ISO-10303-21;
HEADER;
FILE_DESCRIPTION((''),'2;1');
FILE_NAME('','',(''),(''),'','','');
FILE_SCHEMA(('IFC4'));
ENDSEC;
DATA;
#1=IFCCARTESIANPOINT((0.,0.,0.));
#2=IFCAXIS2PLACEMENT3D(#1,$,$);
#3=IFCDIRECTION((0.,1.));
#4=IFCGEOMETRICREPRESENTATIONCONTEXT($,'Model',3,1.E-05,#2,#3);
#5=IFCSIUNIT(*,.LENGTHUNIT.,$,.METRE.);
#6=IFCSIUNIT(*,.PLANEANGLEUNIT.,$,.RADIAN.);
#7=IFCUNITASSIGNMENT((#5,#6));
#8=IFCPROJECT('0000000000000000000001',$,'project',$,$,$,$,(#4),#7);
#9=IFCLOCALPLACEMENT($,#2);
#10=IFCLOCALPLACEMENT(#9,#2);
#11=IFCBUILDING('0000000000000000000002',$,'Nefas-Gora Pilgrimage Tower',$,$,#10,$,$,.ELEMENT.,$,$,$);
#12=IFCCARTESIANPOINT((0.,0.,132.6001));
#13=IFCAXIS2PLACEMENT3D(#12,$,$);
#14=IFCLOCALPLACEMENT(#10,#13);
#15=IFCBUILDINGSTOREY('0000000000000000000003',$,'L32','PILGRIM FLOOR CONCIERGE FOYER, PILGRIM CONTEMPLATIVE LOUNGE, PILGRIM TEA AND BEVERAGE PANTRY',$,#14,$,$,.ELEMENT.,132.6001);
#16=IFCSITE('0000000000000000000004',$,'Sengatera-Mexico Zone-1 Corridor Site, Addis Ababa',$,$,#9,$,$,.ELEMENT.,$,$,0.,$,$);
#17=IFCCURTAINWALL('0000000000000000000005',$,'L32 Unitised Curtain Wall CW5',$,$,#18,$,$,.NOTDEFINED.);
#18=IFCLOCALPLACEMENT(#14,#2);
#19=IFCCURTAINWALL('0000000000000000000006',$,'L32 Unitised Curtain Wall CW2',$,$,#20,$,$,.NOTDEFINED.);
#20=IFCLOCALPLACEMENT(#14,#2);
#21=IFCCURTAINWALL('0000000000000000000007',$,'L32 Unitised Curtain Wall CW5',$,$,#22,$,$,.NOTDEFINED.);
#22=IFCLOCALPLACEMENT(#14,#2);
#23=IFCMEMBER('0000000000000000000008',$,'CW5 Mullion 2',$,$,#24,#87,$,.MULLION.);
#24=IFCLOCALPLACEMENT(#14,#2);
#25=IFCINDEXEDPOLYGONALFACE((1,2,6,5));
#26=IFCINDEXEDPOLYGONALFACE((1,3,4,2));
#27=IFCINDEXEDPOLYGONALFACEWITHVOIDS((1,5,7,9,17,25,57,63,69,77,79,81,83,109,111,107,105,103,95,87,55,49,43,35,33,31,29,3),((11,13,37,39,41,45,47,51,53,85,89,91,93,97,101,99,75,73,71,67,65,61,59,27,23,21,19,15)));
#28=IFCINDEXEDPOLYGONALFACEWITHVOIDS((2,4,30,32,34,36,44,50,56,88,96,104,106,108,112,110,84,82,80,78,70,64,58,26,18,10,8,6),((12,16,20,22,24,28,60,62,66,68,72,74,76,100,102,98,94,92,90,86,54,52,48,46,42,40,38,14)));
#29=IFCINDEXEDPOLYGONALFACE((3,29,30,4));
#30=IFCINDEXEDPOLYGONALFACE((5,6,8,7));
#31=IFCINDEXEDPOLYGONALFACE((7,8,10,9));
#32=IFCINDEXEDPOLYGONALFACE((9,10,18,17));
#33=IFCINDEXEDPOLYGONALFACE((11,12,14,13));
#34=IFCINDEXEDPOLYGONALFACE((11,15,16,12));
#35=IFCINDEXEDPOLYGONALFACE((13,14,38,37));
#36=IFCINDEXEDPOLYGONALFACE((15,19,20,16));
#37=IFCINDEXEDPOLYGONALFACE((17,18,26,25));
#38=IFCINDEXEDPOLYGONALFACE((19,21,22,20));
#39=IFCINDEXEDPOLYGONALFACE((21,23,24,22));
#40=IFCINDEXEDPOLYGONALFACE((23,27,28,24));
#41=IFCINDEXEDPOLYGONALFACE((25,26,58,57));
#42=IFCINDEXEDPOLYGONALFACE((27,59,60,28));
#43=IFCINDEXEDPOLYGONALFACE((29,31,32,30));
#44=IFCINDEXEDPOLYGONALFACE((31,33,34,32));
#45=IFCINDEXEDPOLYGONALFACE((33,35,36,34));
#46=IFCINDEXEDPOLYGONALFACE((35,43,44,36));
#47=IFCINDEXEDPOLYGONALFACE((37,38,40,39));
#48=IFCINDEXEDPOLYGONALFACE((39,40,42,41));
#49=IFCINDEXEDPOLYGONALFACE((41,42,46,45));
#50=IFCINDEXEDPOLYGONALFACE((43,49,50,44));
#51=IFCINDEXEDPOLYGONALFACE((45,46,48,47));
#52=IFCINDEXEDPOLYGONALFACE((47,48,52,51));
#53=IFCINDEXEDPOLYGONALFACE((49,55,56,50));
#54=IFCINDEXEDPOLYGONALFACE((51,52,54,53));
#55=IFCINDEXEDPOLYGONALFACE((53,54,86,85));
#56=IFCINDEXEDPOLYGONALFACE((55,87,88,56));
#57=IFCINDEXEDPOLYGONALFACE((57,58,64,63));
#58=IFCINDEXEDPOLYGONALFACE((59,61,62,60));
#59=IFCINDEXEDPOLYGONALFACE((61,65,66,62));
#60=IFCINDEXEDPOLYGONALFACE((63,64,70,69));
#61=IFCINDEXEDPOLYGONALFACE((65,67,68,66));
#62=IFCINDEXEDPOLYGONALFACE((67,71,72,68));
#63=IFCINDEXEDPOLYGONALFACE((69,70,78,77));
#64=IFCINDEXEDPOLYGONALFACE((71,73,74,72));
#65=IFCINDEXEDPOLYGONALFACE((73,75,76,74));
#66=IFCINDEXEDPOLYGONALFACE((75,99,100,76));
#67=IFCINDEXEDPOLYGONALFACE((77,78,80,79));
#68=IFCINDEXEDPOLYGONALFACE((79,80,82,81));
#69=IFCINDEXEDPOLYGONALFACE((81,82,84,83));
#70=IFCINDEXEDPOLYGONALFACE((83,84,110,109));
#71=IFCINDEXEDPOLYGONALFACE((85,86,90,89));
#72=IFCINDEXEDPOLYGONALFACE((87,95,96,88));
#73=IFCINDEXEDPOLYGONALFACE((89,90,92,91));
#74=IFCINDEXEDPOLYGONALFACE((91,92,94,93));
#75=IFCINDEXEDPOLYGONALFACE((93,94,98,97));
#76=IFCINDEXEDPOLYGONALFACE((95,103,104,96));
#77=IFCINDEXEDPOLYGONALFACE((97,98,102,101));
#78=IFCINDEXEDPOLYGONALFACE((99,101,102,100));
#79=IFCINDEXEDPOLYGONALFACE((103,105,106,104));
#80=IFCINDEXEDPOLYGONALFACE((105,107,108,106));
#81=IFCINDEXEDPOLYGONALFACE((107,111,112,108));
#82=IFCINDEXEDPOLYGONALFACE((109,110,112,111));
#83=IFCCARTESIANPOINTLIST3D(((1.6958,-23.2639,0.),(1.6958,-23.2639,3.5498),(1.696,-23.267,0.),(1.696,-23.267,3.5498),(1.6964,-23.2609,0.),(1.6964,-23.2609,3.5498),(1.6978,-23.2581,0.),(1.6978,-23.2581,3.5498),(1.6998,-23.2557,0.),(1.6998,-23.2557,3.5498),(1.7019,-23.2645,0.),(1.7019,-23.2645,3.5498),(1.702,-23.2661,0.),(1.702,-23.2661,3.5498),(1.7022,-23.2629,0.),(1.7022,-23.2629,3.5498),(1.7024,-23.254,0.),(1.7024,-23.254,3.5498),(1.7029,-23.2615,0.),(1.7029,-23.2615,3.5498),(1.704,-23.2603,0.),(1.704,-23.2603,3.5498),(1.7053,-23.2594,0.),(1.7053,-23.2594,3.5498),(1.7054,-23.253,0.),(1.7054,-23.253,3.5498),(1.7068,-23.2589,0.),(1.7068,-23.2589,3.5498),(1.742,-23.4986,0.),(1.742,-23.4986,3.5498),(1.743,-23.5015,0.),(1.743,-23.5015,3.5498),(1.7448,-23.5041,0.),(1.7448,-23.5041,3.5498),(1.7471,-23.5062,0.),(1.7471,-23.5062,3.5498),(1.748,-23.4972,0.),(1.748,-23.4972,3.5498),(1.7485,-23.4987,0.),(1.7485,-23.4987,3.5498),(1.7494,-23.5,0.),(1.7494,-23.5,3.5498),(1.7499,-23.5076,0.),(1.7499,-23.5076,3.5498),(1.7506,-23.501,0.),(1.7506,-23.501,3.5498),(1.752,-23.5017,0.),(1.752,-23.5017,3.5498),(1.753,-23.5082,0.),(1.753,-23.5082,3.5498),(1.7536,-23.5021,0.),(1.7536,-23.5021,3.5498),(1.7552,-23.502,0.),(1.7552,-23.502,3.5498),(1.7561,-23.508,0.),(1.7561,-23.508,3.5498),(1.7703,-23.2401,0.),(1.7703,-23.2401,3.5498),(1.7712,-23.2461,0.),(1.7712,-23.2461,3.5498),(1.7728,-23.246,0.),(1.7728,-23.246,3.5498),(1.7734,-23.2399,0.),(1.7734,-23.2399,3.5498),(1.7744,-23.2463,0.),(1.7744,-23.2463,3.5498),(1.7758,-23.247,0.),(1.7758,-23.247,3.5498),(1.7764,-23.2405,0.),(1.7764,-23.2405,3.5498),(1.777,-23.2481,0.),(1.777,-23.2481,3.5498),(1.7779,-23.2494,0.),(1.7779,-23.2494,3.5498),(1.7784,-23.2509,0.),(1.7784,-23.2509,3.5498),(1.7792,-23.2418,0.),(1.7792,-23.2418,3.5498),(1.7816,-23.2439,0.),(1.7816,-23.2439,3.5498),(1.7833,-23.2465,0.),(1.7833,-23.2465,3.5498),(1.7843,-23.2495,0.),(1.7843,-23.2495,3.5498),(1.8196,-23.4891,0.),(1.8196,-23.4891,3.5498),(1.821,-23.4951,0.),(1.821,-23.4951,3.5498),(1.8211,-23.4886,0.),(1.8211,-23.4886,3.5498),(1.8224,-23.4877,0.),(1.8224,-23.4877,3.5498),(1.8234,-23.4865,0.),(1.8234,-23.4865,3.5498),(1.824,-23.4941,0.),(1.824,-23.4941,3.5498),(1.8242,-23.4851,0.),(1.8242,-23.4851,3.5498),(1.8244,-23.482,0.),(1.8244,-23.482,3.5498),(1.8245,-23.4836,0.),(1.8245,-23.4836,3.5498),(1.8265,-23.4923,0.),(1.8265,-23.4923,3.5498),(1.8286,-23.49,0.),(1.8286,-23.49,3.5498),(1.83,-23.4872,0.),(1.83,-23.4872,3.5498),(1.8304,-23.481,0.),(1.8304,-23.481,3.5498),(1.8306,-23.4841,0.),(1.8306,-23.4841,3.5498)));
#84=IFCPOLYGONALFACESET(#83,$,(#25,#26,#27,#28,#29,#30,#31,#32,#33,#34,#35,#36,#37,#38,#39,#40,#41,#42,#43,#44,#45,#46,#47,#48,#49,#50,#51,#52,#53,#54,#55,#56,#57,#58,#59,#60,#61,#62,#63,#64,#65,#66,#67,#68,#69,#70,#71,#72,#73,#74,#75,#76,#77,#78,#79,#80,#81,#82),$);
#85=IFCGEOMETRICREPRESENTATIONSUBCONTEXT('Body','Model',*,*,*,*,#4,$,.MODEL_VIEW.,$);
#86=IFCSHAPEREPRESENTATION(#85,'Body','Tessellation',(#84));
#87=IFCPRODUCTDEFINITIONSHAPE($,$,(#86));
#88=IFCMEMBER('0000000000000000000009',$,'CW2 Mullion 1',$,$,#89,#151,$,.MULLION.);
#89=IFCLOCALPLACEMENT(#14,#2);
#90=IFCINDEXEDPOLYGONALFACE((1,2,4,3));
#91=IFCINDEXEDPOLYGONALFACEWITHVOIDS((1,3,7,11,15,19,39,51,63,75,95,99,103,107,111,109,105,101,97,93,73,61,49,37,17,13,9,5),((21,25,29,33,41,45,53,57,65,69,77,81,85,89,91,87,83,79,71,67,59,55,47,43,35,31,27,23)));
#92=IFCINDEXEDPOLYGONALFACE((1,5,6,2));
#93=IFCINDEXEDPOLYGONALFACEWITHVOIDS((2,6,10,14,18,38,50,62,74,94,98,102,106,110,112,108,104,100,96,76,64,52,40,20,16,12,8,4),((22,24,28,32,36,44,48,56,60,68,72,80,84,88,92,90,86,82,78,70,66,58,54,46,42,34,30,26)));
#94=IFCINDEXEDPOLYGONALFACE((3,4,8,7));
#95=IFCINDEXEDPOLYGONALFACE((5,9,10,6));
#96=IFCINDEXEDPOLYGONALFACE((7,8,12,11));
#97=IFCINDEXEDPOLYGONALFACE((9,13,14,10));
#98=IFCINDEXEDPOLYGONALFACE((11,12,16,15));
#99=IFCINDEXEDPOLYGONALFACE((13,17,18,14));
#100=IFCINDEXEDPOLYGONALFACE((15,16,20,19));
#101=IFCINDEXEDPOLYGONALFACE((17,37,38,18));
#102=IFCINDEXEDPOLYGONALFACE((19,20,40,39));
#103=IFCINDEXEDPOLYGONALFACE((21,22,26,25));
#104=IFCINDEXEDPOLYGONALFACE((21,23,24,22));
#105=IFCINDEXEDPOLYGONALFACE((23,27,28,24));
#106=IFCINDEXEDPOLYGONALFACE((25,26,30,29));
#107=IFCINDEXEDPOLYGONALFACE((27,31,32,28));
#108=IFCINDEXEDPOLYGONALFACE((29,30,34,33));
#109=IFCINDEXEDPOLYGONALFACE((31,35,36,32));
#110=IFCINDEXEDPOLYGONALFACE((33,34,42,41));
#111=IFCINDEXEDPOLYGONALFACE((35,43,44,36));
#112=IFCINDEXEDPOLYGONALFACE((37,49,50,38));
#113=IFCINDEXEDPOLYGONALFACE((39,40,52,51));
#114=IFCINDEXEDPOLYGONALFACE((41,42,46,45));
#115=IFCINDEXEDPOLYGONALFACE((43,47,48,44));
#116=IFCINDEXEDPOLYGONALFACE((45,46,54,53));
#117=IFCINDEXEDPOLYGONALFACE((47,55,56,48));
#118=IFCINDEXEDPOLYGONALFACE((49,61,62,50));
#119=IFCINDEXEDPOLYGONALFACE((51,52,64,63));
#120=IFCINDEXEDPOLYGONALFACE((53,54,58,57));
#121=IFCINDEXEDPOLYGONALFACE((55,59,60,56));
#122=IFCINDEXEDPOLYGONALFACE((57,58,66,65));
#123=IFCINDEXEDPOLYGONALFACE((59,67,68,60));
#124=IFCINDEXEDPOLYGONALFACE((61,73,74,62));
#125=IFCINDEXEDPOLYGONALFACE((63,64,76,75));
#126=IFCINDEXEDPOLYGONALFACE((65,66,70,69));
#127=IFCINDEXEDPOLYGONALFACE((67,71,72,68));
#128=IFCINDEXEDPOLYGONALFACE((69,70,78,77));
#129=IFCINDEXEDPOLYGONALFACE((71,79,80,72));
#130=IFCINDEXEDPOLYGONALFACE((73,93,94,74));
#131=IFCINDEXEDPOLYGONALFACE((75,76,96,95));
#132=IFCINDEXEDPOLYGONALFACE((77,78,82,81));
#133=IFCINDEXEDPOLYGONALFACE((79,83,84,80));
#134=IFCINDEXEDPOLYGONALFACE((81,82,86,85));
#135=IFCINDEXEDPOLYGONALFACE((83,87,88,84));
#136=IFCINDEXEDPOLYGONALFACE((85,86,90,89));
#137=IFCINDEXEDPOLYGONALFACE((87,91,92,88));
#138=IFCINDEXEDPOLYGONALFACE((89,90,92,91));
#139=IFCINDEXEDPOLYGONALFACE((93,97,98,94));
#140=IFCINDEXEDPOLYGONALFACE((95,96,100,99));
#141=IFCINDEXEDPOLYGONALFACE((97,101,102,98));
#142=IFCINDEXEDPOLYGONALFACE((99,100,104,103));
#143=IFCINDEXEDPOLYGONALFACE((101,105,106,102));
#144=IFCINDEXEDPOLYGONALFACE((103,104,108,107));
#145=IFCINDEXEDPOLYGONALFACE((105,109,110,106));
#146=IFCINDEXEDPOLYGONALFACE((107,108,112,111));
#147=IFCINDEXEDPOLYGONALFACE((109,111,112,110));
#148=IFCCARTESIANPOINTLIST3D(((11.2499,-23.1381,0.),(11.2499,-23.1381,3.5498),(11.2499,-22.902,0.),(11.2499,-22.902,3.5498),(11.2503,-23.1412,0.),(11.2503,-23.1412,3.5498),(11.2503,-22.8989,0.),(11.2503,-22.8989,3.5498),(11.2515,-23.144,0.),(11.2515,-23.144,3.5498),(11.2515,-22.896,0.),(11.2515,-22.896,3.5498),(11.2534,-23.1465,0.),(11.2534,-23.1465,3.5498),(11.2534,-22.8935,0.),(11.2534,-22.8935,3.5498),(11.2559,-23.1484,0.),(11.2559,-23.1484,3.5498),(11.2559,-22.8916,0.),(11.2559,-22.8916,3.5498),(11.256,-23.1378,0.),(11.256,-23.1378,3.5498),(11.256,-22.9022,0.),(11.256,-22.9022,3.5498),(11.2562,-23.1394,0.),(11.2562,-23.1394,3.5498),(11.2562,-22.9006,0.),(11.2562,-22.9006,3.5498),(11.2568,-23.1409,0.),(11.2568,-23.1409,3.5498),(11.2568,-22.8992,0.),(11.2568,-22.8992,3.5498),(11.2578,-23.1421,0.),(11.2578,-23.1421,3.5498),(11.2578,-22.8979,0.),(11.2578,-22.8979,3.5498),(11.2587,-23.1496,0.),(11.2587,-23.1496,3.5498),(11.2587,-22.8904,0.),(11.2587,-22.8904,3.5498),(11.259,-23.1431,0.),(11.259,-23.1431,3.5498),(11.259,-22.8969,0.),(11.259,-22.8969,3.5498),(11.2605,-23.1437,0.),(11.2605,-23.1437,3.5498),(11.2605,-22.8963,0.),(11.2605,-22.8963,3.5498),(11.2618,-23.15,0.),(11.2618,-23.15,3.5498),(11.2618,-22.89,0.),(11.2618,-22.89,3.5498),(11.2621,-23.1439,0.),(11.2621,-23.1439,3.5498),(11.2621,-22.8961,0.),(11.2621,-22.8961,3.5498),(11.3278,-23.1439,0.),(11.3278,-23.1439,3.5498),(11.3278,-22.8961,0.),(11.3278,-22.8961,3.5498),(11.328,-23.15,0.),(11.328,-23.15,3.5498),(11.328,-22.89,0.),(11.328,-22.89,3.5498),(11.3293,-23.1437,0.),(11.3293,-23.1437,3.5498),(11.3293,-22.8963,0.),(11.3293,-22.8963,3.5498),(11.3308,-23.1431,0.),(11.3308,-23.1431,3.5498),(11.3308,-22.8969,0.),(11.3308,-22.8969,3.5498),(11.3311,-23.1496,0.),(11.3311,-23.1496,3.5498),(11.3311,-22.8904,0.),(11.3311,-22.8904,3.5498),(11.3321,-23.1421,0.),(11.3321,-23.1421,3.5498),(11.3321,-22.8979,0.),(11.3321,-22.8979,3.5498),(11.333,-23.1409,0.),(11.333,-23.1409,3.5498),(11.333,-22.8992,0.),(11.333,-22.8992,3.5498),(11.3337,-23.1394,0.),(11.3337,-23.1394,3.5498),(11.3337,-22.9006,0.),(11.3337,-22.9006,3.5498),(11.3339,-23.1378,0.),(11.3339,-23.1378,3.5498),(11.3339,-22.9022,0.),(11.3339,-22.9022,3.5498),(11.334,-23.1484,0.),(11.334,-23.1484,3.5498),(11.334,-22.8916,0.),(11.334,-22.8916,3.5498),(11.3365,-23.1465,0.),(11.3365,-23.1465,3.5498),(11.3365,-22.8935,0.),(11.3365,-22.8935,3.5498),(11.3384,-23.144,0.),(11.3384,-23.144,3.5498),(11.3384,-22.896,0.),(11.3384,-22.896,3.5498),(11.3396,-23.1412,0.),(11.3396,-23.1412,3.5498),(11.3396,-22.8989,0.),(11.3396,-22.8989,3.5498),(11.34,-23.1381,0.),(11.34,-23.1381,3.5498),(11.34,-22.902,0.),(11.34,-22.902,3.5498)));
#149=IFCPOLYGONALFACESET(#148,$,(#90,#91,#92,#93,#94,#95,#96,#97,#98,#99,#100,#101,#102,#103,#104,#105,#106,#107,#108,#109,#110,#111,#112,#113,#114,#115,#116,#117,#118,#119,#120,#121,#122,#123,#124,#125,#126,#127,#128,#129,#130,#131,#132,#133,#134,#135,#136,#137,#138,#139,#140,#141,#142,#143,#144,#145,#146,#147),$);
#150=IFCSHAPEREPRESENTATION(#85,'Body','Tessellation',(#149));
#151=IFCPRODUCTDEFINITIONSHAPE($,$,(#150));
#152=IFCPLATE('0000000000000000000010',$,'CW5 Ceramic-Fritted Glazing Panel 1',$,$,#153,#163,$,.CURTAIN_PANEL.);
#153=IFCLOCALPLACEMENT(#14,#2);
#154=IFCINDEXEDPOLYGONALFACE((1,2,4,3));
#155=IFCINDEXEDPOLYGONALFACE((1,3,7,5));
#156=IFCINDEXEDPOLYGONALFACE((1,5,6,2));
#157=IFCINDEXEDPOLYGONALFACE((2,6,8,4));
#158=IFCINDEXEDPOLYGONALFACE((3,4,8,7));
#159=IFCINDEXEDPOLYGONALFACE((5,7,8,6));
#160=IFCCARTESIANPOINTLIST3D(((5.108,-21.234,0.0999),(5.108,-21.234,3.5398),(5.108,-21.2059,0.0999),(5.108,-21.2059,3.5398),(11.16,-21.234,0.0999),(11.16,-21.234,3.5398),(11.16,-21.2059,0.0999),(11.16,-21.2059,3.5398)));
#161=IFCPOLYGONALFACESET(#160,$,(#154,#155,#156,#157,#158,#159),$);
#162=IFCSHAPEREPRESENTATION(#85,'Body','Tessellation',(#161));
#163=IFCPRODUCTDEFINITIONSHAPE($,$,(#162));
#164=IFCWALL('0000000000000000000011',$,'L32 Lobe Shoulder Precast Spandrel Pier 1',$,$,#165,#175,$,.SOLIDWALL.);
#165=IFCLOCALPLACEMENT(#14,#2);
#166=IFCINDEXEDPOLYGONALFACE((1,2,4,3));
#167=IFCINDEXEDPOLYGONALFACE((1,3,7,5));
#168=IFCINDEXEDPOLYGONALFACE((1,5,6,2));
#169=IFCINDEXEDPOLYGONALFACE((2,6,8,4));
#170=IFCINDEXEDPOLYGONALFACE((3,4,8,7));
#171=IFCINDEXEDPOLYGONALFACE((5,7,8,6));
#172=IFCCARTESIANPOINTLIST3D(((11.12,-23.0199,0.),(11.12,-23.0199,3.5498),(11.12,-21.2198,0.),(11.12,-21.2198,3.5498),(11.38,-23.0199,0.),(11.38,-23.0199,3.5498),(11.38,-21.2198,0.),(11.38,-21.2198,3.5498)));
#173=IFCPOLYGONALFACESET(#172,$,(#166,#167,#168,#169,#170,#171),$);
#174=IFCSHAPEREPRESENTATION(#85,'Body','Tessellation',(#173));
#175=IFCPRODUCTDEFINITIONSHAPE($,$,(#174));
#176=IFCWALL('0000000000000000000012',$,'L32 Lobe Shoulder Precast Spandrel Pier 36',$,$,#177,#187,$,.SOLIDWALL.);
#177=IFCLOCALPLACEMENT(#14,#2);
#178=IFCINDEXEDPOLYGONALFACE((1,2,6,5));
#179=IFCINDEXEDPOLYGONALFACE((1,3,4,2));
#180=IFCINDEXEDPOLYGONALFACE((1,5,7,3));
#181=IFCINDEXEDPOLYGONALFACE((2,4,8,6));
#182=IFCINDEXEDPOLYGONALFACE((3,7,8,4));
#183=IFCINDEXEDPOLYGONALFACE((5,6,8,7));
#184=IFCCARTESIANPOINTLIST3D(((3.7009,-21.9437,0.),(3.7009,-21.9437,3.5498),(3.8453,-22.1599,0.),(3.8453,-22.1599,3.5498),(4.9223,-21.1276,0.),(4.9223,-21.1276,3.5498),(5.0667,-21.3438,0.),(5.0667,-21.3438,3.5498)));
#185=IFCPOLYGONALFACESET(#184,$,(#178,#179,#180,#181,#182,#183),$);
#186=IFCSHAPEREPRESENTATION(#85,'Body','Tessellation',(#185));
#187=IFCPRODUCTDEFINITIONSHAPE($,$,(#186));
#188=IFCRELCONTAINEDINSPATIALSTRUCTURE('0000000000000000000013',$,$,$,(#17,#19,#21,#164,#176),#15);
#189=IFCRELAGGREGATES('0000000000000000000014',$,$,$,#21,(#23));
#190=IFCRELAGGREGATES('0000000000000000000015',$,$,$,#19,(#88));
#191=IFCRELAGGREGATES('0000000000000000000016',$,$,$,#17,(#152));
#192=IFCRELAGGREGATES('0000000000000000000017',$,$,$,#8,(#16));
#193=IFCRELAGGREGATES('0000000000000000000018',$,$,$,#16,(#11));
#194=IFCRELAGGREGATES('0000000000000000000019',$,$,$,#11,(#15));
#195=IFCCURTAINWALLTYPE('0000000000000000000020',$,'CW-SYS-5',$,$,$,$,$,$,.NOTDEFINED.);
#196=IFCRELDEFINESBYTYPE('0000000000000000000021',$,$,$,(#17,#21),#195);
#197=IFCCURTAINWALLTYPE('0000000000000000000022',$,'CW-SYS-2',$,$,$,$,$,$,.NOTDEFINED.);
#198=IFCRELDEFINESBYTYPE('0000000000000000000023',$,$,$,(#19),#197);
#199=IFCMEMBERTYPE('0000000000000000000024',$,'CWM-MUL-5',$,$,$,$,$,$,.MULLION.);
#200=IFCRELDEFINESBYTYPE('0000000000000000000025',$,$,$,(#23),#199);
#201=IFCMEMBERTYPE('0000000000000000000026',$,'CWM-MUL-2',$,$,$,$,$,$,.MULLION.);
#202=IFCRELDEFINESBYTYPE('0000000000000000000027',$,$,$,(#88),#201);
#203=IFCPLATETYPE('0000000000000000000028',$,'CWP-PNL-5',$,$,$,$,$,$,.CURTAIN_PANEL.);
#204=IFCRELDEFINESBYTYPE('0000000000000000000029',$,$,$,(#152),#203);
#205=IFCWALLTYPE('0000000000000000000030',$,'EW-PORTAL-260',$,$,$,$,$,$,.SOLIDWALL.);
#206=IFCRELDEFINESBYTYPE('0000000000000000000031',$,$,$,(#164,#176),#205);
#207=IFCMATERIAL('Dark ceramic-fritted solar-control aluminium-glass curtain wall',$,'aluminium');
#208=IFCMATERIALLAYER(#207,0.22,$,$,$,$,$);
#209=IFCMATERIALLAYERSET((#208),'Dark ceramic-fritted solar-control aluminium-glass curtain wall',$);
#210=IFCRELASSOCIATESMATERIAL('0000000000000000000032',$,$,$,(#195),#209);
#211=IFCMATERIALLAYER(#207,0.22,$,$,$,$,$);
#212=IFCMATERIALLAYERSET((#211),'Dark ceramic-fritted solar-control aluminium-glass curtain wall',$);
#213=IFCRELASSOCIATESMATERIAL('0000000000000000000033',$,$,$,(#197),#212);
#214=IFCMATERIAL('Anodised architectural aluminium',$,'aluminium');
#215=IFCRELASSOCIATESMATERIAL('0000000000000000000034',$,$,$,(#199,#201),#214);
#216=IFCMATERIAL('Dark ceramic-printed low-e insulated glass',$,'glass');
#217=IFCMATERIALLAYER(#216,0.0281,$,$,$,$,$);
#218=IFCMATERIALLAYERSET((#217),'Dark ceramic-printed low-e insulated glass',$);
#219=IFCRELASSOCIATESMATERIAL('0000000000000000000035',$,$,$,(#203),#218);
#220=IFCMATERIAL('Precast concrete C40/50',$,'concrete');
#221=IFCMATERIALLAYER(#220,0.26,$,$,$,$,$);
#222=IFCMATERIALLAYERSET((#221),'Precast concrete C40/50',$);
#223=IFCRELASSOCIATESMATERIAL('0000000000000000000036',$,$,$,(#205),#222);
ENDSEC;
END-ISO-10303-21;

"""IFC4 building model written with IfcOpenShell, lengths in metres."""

from ifc_helpers import new_model, si_unit, direction, frame, frame_2d, origin, origin_2d, place, context, subcontext, project, spatial, rectangle, hollow_rectangle, extrude, source, transform, mapped, material, layer, layer_set, material_profile, profile_set, type_object, element, aggregate, save


model = new_model("IFC4")

# Units and contexts
model_context = context("Model", 3, precision=1e-05, world=origin(), true_north=direction((0.0, 1.0)))
body_context = subcontext(model_context, "Body", "Model", "MODEL_VIEW")
ifc_project = project(units=[si_unit("LENGTHUNIT", "METRE"), si_unit("PLANEANGLEUNIT", "RADIAN")], contexts=[model_context])

# Site, building, storey
site_placement = place(None, origin())
site = spatial("IfcSite", under=ifc_project, at=site_placement, Name="Sengatera-Mexico Zone-1 Corridor Site, Addis Ababa", CompositionType="ELEMENT", RefElevation=0.0)
building_placement = place(site_placement, origin())
building = spatial("IfcBuilding", under=site, at=building_placement, Name="Nefas-Gora Pilgrimage Tower", CompositionType="ELEMENT")
storey_placement = place(building_placement, frame((0.0, 0.0, 132.6001)))
storey = spatial("IfcBuildingStorey", under=building, at=storey_placement, Name="L32", Description="PILGRIM FLOOR CONCIERGE FOYER, PILGRIM CONTEMPLATIVE LOUNGE, PILGRIM TEA AND BEVERAGE PANTRY", CompositionType="ELEMENT", Elevation=132.6001)

# Curtain walls
ifc_material_1 = material(Name="Dark ceramic-fritted solar-control aluminium-glass curtain wall", Category="aluminium")
ifc_layer_1 = layer(ifc_material_1, 0.22)
ifc_layer_set_1 = layer_set([ifc_layer_1], Name="Dark ceramic-fritted solar-control aluminium-glass curtain wall")
curtain_wall_type_1 = type_object("IfcCurtainWallType", Name="CW-SYS-5", PredefinedType="NOTDEFINED", material=ifc_layer_set_1)
curtain_wall_1_placement = place(storey_placement, origin())
curtain_wall_1 = element("IfcCurtainWall", 1, at=curtain_wall_1_placement, inside=storey, type_object=curtain_wall_type_1, Name="L32 Unitised Curtain Wall CW5", PredefinedType="NOTDEFINED")
ifc_material_2 = material(Name="Anodised architectural aluminium", Category="aluminium")
ifc_layer_2 = layer(ifc_material_1, 0.22)
ifc_layer_set_2 = layer_set([ifc_layer_2], Name="Dark ceramic-fritted solar-control aluminium-glass curtain wall")
curtain_wall_type_2 = type_object("IfcCurtainWallType", Name="CW-SYS-2", PredefinedType="NOTDEFINED", material=ifc_layer_set_2)
curtain_wall_2_placement = place(storey_placement, origin())
curtain_wall_2 = element("IfcCurtainWall", 2, at=curtain_wall_2_placement, inside=storey, type_object=curtain_wall_type_2, Name="L32 Unitised Curtain Wall CW2", PredefinedType="NOTDEFINED")

# Shared definitions
ifc_material_profile_1 = material_profile(ifc_material_2, hollow_rectangle(XDim=0.0901, YDim=0.26, WallThickness=0.0061, InnerFilletRadius=0.0061, OuterFilletRadius=0.012, at=origin_2d()), Name="ALU MULLION 90x260")
ifc_profile_set_1 = profile_set([ifc_material_profile_1], Name="Anodised architectural aluminium")
member_type_1 = type_object("IfcMemberType", Name="CWM-MUL-5", PredefinedType="MULLION", material=ifc_profile_set_1)
shared_shape_1 = source(origin(), body_context, "Body", "SweptSolid", [
    extrude(hollow_rectangle(XDim=0.0901, YDim=0.26, WallThickness=0.0061, InnerFilletRadius=0.0061, OuterFilletRadius=0.012, at=origin_2d()), origin(), (0.0, 0.0, 1.0), 3.5498),
])

# Curtain wall, member
curtain_wall_3_placement = place(storey_placement, origin())
curtain_wall_3 = element("IfcCurtainWall", 3, at=curtain_wall_3_placement, inside=storey, type_object=curtain_wall_type_1, Name="L32 Unitised Curtain Wall CW5", PredefinedType="NOTDEFINED")
member_1_placement = place(storey_placement, frame((1.7632, -23.374, 0.0), z_axis=(0.0, 0.0, 1.0), x_axis=(0.980783, 0.195102, 0.0)))
member_1 = element("IfcMember", 4, at=member_1_placement, type_object=member_type_1, Name="CW5 Mullion 2", PredefinedType="MULLION", context=body_context, shape_type="MappedRepresentation", body=[
    mapped(shared_shape_1, transform((0.0, 0.0, 0.0), x_axis=(1.0, 0.0, 0.0), y_axis=(0.0, 1.0, 0.0), z_axis=(0.0, 0.0, 1.0), scale=1.0)),
])
aggregate(curtain_wall_3, [member_1])

# Member
ifc_material_profile_2 = material_profile(ifc_material_2, hollow_rectangle(XDim=0.0901, YDim=0.26, WallThickness=0.0061, InnerFilletRadius=0.0061, OuterFilletRadius=0.012, at=origin_2d()), Name="ALU MULLION 90x260")
ifc_profile_set_2 = profile_set([ifc_material_profile_2], Name="Anodised architectural aluminium")
member_type_2 = type_object("IfcMemberType", Name="CWM-MUL-2", PredefinedType="MULLION", material=ifc_profile_set_2)
shared_shape_2 = source(origin(), body_context, "Body", "SweptSolid", [
    extrude(hollow_rectangle(XDim=0.0901, YDim=0.26, WallThickness=0.0061, InnerFilletRadius=0.0061, OuterFilletRadius=0.012, at=origin_2d()), origin(), (0.0, 0.0, 1.0), 3.5498),
])
member_2_placement = place(storey_placement, frame((11.2949, -23.02, 0.0), z_axis=(0.0, 0.0, 1.0), x_axis=(1.0, 0.0, 0.0)))
member_2 = element("IfcMember", 5, at=member_2_placement, type_object=member_type_2, Name="CW2 Mullion 1", PredefinedType="MULLION", context=body_context, shape_type="MappedRepresentation", body=[
    mapped(shared_shape_2, transform((0.0, 0.0, 0.0), x_axis=(1.0, 0.0, 0.0), y_axis=(0.0, 1.0, 0.0), z_axis=(0.0, 0.0, 1.0), scale=1.0)),
])
aggregate(curtain_wall_2, [member_2])

# Plate
ifc_material_3 = material(Name="Dark ceramic-printed low-e insulated glass", Category="glass")
ifc_layer_3 = layer(ifc_material_3, 0.0281)
ifc_layer_set_3 = layer_set([ifc_layer_3], Name="Dark ceramic-printed low-e insulated glass")
plate_type = type_object("IfcPlateType", Name="CWP-PNL-5", PredefinedType="CURTAIN_PANEL", material=ifc_layer_set_3)
shared_shape_3 = source(origin(), body_context, "Body", "SweptSolid", [
    extrude(rectangle(XDim=6.052, YDim=0.0281, at=origin_2d()), origin(), (0.0, 0.0, 1.0), 3.4399),
])
plate_placement = place(storey_placement, frame((8.134, -21.22, 0.0999), z_axis=(0.0, 0.0, 1.0), x_axis=(1.0, 0.0, 0.0)))
plate = element("IfcPlate", 6, at=plate_placement, type_object=plate_type, Name="CW5 Ceramic-Fritted Glazing Panel 1", PredefinedType="CURTAIN_PANEL", context=body_context, shape_type="MappedRepresentation", body=[
    mapped(shared_shape_3, transform((0.0, 0.0, 0.0), x_axis=(1.0, 0.0, 0.0), y_axis=(0.0, 1.0, 0.0), z_axis=(0.0, 0.0, 1.0), scale=1.0)),
])
aggregate(curtain_wall_1, [plate])

# Walls
ifc_material_4 = material(Name="Precast concrete C40/50", Category="concrete")
ifc_layer_4 = layer(ifc_material_4, 0.26)
ifc_layer_set_4 = layer_set([ifc_layer_4], Name="Precast concrete C40/50")
wall_type_1 = type_object("IfcWallType", Name="EW-PORTAL-260", PredefinedType="SOLIDWALL", material=ifc_layer_set_4)
shared_shape_4 = source(origin(), body_context, "Body", "SweptSolid", [
    extrude(rectangle(XDim=1.8, YDim=0.26, at=frame_2d((0.8999, 0.0))), origin(), (0.0, 0.0, 1.0), 3.5498),
])
wall_1_placement = place(storey_placement, frame((11.25, -21.22, 0.0), z_axis=(0.0, 0.0, 1.0), x_axis=(0.0, -1.0, 0.0)))
element("IfcWall", 7, at=wall_1_placement, inside=storey, type_object=wall_type_1, Name="L32 Lobe Shoulder Precast Spandrel Pier 1", PredefinedType="SOLIDWALL", context=body_context, shape_type="MappedRepresentation", body=[
    mapped(shared_shape_4, transform((0.0, 0.0, 0.0), x_axis=(1.0, 0.0, 0.0), y_axis=(0.0, 1.0, 0.0), z_axis=(0.0, 0.0, 1.0), scale=1.0)),
])
shared_shape_5 = source(origin(), body_context, "Body", "SweptSolid", [
    extrude(rectangle(XDim=1.469, YDim=0.26, at=frame_2d((0.7344, 0.0))), origin(), (0.0, 0.0, 1.0), 3.5498),
])
wall_2_placement = place(storey_placement, frame((3.7732, -22.0518, 0.0), z_axis=(0.0, 0.0, 1.0), x_axis=(0.831462, 0.555582, 0.0)))
element("IfcWall", 8, at=wall_2_placement, inside=storey, type_object=wall_type_1, Name="L32 Lobe Shoulder Precast Spandrel Pier 36", PredefinedType="SOLIDWALL", context=body_context, shape_type="MappedRepresentation", body=[
    mapped(shared_shape_5, transform((0.0, 0.0, 0.0), x_axis=(1.0, 0.0, 0.0), y_axis=(0.0, 1.0, 0.0), z_axis=(0.0, 0.0, 1.0), scale=1.0)),
])

save(model, "model.ifc")
